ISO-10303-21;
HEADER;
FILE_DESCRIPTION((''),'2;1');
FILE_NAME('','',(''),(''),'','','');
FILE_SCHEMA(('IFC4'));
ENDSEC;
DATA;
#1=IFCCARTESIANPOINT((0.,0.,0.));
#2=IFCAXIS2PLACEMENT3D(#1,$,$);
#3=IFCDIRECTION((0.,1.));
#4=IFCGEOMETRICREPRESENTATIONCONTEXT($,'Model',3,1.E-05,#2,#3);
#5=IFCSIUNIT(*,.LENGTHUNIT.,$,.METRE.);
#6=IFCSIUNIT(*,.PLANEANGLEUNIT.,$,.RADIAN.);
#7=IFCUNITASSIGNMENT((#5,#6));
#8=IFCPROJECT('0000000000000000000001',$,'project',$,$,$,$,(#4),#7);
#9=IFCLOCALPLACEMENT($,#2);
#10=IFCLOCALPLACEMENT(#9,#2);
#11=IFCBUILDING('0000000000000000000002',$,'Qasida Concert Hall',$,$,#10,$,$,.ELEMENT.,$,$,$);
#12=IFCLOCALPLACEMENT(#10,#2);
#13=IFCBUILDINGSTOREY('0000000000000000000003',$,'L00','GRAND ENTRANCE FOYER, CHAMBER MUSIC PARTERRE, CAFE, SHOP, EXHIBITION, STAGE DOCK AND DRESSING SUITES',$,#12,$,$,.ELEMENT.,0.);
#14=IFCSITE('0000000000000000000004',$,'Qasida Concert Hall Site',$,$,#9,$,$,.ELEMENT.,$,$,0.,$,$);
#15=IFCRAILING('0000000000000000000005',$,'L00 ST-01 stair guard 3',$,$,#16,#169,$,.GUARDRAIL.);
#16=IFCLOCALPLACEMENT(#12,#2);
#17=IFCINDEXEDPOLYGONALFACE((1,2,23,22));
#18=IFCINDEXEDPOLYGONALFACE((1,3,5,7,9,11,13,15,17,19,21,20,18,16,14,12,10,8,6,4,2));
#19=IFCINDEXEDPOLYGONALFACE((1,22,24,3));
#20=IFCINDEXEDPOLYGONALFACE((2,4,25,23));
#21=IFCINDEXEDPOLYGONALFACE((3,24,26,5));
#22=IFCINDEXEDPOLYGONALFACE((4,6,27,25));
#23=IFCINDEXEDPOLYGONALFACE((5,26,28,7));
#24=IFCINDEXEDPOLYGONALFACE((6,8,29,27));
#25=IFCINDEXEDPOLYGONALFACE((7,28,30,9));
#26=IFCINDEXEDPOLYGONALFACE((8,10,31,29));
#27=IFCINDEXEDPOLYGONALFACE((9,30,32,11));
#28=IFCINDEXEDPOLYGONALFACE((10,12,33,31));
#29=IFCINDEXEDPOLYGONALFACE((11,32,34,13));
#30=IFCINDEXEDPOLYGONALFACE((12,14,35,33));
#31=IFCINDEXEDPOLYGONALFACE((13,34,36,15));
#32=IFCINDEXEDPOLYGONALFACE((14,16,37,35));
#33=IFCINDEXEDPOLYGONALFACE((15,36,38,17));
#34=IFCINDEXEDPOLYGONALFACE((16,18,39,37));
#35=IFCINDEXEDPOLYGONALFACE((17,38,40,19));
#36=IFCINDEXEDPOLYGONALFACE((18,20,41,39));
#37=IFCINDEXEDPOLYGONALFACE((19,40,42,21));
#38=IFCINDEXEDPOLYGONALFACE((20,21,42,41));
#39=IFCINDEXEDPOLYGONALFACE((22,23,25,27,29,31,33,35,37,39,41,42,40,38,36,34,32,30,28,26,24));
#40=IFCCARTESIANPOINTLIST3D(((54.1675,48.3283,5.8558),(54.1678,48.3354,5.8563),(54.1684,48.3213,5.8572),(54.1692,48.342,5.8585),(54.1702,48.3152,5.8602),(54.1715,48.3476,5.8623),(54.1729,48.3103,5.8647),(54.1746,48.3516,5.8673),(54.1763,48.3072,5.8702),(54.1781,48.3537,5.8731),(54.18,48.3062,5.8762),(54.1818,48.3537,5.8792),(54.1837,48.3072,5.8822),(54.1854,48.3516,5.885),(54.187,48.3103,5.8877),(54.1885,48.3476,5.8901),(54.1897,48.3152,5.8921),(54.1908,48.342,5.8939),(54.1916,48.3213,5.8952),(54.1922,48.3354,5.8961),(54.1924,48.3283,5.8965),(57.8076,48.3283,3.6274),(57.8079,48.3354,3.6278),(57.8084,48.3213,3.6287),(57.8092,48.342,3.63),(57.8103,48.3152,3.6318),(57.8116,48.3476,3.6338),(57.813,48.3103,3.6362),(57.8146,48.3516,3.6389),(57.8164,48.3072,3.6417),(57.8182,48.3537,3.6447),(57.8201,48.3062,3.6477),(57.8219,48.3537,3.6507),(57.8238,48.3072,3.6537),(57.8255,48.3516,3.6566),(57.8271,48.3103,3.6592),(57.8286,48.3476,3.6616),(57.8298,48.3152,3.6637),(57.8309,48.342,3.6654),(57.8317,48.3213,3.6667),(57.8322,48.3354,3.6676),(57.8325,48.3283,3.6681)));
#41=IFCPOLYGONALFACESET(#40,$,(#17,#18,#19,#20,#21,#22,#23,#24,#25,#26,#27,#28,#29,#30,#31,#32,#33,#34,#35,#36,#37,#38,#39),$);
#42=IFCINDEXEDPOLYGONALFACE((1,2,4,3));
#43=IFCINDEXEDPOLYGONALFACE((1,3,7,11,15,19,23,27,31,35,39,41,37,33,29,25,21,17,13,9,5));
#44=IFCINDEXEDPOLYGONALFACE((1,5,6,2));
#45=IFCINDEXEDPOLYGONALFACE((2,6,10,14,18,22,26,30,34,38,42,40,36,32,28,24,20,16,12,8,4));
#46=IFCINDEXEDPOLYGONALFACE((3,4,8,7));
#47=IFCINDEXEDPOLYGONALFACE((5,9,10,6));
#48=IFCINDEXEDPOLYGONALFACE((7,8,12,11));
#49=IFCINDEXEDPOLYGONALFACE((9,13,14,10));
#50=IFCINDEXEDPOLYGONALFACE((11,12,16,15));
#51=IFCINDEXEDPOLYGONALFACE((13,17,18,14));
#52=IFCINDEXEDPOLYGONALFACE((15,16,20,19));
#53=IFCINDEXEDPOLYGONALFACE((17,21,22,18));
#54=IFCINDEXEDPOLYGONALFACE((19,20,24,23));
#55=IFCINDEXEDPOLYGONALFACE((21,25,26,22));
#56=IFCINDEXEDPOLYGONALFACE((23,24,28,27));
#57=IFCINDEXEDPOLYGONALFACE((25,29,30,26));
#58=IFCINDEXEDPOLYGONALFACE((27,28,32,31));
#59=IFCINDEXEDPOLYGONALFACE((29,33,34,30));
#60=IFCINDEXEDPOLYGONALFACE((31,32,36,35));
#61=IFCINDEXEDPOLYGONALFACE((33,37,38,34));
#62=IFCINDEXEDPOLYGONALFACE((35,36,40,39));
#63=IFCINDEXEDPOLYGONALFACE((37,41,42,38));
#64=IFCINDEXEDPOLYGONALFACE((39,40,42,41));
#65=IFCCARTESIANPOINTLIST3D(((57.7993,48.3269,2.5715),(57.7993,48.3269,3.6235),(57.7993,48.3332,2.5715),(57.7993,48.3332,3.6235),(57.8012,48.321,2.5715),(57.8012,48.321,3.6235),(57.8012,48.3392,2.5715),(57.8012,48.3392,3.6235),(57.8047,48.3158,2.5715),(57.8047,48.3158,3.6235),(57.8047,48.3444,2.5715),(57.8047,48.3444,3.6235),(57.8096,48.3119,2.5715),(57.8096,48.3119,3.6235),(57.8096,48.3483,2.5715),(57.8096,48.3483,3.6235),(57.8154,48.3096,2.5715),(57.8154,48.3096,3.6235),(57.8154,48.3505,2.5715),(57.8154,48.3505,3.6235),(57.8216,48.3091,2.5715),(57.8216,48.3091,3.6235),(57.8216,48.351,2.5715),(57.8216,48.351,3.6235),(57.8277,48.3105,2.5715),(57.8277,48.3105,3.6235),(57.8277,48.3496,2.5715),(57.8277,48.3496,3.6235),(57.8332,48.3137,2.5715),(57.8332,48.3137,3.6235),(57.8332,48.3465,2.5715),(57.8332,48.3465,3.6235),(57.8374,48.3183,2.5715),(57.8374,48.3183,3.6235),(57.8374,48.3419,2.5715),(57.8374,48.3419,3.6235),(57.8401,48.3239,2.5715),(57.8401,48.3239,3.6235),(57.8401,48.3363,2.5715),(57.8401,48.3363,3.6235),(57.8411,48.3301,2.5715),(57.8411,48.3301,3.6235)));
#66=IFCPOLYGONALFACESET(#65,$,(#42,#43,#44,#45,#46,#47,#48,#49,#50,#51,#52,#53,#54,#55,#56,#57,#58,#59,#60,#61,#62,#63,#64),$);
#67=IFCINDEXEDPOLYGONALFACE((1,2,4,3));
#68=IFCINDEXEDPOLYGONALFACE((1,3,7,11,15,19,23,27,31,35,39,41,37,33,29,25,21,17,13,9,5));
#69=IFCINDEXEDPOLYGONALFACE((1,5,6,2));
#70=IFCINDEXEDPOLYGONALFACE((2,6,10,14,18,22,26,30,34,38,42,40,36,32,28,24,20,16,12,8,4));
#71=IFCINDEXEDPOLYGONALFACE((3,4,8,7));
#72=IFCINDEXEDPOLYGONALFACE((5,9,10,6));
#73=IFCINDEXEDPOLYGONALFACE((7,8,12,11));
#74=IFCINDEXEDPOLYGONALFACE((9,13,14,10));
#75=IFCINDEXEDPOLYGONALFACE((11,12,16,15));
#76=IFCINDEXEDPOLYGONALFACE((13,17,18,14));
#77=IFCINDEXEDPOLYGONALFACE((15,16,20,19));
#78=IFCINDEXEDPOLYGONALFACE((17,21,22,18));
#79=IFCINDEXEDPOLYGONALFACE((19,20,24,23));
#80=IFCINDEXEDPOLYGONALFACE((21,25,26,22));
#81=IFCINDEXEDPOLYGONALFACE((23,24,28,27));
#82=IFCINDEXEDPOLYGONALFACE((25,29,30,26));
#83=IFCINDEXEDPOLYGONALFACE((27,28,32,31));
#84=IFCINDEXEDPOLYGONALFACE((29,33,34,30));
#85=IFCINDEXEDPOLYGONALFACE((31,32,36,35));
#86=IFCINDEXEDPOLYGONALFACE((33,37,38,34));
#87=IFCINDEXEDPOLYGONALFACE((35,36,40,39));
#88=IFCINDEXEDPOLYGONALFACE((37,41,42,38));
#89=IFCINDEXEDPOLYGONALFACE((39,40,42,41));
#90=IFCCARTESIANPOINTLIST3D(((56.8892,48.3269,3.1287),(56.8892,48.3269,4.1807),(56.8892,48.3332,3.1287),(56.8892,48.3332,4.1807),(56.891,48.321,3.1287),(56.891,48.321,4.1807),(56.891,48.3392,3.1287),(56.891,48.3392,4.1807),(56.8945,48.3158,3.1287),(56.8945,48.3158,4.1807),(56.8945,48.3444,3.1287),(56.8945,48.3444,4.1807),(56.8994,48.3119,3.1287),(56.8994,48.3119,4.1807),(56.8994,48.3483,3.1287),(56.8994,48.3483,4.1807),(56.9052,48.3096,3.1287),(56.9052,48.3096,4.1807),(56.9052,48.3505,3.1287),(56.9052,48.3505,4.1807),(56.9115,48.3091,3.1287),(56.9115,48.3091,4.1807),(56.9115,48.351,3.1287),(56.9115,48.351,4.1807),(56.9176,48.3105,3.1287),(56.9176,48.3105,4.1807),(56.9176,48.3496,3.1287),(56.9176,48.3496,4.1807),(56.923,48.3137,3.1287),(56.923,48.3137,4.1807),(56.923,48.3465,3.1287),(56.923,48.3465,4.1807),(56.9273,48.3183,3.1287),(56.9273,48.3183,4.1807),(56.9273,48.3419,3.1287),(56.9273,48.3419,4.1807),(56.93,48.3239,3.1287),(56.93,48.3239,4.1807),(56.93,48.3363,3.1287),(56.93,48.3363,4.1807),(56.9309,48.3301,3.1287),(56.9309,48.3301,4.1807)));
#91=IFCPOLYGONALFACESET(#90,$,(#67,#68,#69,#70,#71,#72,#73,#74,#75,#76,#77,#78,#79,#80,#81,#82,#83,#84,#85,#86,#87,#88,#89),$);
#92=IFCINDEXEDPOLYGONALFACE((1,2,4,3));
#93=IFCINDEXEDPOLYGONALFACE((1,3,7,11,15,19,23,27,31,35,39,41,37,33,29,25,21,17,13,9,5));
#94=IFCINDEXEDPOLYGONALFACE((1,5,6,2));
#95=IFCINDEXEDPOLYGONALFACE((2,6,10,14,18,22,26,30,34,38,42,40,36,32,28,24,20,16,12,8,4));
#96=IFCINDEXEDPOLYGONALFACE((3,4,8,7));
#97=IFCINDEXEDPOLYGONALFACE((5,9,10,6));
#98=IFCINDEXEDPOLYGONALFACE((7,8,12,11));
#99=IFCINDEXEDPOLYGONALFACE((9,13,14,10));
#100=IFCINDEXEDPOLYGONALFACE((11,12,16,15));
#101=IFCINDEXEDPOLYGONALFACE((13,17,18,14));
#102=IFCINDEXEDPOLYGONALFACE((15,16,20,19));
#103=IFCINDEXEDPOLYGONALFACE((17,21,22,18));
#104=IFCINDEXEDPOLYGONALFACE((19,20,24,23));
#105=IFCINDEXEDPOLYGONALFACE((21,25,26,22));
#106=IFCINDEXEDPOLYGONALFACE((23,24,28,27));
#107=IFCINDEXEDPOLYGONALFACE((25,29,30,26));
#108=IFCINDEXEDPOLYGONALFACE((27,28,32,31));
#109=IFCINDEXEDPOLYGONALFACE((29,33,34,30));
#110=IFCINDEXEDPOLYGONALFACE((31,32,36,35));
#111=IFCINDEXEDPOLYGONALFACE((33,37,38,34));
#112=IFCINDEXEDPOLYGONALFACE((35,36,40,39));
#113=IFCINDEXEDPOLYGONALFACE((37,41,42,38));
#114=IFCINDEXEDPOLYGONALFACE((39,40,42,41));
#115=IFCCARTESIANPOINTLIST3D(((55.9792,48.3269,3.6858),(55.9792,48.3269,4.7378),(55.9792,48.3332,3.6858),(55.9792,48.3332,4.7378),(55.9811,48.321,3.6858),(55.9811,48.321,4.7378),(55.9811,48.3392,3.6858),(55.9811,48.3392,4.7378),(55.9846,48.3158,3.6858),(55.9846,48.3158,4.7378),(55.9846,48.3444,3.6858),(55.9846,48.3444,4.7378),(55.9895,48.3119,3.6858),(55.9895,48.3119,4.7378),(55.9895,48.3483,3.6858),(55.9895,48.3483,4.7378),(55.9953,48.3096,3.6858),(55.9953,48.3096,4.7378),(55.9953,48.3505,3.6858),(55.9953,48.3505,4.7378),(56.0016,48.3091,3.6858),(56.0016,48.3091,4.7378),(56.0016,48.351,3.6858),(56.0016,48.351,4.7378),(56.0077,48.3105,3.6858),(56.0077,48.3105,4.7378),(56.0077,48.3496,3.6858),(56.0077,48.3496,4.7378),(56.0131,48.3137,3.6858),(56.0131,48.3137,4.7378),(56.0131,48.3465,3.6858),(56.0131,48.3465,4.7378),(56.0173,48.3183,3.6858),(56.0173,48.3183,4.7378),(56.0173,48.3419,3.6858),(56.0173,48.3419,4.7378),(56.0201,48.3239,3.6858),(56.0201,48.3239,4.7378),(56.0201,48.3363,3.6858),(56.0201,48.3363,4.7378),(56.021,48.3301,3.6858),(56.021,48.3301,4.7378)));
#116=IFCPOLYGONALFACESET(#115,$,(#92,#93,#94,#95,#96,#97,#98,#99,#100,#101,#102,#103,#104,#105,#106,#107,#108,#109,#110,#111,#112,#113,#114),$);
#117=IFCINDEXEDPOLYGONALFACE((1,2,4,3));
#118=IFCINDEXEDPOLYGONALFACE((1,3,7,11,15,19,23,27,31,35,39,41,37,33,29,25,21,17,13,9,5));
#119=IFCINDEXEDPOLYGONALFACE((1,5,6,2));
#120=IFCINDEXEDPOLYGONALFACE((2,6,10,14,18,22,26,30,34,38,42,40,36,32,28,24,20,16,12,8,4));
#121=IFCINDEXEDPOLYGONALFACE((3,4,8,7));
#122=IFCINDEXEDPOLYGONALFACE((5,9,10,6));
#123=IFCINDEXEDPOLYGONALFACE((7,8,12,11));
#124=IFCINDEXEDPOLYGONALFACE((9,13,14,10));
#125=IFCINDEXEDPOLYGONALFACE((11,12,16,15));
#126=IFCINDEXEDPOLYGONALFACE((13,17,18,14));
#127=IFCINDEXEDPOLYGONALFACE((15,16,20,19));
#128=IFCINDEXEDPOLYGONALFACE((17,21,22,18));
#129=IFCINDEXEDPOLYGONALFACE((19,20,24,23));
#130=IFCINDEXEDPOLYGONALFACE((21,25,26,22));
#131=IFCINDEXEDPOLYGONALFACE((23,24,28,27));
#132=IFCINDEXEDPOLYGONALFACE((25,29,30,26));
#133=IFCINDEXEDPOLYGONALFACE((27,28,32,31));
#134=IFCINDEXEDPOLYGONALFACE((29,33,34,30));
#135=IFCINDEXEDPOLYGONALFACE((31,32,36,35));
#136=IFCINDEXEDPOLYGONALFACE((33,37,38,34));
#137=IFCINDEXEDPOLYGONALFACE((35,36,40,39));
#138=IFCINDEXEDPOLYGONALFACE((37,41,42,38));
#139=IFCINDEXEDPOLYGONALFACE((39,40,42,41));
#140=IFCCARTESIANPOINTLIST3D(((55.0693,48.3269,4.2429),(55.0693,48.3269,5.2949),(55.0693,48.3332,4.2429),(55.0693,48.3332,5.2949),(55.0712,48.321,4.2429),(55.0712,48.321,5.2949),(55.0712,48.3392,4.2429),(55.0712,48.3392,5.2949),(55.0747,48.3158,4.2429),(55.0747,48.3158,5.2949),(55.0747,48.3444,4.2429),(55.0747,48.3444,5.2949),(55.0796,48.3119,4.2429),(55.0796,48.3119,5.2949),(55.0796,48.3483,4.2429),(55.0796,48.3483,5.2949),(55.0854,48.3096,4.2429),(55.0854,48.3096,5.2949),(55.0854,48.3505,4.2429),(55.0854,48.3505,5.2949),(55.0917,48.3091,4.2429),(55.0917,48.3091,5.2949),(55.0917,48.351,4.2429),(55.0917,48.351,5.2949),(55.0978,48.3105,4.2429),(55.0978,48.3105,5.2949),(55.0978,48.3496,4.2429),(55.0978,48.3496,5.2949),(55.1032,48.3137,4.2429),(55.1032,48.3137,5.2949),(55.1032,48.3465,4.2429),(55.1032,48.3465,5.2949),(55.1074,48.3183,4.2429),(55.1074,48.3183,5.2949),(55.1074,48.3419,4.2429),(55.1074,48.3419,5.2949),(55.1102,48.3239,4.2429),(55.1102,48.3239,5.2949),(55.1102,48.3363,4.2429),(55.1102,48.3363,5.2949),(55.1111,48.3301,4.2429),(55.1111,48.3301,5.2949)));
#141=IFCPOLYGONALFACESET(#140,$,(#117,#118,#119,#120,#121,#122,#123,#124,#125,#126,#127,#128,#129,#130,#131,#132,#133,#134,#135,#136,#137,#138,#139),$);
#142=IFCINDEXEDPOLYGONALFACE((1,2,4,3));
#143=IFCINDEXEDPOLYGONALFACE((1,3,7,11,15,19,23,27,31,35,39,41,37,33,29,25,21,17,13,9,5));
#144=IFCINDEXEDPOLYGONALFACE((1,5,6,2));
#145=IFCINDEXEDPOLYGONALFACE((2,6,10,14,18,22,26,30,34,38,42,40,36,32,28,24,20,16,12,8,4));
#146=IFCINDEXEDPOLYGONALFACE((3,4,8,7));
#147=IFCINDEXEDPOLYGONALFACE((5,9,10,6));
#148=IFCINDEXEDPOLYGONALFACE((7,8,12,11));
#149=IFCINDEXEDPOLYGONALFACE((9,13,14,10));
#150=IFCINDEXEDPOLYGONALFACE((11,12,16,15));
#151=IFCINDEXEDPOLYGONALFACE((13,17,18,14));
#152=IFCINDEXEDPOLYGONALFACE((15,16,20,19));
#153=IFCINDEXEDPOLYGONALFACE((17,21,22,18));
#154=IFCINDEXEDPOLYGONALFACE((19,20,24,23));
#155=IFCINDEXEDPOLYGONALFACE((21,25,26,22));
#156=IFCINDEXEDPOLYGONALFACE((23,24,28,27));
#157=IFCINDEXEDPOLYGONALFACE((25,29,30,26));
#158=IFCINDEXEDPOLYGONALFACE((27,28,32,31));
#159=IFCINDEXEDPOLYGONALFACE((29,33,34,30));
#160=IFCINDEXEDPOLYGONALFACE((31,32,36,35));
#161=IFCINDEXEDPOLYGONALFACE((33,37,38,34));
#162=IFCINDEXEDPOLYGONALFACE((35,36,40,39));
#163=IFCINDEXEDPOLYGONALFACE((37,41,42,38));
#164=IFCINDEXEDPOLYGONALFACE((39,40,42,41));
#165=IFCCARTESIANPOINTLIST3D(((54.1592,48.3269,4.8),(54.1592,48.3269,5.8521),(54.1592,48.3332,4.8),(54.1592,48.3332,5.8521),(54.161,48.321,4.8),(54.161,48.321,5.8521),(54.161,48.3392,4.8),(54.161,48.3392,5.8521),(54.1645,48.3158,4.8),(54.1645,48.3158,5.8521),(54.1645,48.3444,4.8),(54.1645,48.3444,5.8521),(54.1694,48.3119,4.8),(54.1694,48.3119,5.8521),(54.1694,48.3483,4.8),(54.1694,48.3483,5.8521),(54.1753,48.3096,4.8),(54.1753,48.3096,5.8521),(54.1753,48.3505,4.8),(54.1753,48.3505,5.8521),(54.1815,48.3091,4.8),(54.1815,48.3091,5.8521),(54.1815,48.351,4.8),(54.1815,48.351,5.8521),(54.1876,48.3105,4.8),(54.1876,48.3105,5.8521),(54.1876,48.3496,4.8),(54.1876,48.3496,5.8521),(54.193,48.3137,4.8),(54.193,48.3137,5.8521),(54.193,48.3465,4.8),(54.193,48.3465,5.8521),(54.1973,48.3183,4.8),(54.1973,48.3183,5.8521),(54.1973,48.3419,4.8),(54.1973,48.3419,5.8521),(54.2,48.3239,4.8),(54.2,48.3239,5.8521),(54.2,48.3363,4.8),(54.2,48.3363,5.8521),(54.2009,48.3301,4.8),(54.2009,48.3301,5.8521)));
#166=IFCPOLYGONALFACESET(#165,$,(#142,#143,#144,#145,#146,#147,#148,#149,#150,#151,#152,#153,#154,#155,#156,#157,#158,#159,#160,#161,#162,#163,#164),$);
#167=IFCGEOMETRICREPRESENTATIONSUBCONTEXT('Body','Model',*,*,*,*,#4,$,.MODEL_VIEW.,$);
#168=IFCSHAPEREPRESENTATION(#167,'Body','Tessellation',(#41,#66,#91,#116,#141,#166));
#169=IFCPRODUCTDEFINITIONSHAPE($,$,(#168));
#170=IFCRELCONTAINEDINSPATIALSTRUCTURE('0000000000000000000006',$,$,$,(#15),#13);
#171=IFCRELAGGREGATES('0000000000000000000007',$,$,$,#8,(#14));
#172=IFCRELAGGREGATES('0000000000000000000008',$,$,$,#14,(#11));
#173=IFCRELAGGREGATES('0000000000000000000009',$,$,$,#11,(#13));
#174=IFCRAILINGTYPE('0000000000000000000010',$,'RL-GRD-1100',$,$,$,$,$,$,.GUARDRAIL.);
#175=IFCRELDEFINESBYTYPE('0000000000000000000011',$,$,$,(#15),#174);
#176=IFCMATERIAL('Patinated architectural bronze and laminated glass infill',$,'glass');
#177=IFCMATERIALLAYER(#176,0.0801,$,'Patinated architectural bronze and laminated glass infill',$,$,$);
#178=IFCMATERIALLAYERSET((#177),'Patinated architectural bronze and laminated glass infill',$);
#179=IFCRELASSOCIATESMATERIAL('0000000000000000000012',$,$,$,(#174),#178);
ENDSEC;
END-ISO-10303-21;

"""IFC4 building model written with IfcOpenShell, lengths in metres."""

from ifc_helpers import new_model, si_unit, direction, frame, origin, origin_2d, place, context, subcontext, project, spatial, circle, extrude, material, layer, layer_set, type_object, element, save


model = new_model("IFC4")

# Units and contexts
model_context = context("Model", 3, precision=1e-05, world=origin(), true_north=direction((0.0, 1.0)))
body_context = subcontext(model_context, "Body", "Model", "MODEL_VIEW")
ifc_project = project(units=[si_unit("LENGTHUNIT", "METRE"), si_unit("PLANEANGLEUNIT", "RADIAN")], contexts=[model_context])

# Site, building, storey
site_placement = place(None, origin())
site = spatial("IfcSite", under=ifc_project, at=site_placement, Name="Qasida Concert Hall Site", CompositionType="ELEMENT", RefElevation=0.0)
building_placement = place(site_placement, origin())
building = spatial("IfcBuilding", under=site, at=building_placement, Name="Qasida Concert Hall", CompositionType="ELEMENT")
storey_placement = place(building_placement, origin())
storey = spatial("IfcBuildingStorey", under=building, at=storey_placement, Name="L00", Description="GRAND ENTRANCE FOYER, CHAMBER MUSIC PARTERRE, CAFE, SHOP, EXHIBITION, STAGE DOCK AND DRESSING SUITES", CompositionType="ELEMENT", Elevation=0.0)

# Railing
ifc_material_1 = material(Name="Patinated architectural bronze and laminated glass infill", Category="glass")
ifc_layer_1 = layer(ifc_material_1, 0.0801, Name="Patinated architectural bronze and laminated glass infill")
ifc_layer_set_1 = layer_set([ifc_layer_1], Name="Patinated architectural bronze and laminated glass infill")
railing_type_1 = type_object("IfcRailingType", Name="RL-GRD-1100", PredefinedType="GUARDRAIL", material=ifc_layer_set_1)
railing_1_placement = place(storey_placement, frame((57.8201, 48.3301, 2.5715)))
element("IfcRailing", 1, at=railing_1_placement, inside=storey, type_object=railing_type_1, Name="L00 ST-01 stair guard 3", PredefinedType="GUARDRAIL", context=body_context, shape_type="SweptSolid", body=[
    extrude(circle(Radius=0.0239, at=origin_2d()), frame((0.0, 0.0, 1.0762), z_axis=(-0.852866, 0.0, 0.52213), x_axis=(0.0, -1.0, 0.0)), (0.0, 0.0, 1.0), 4.2681),
    extrude(circle(Radius=0.021, at=origin_2d()), origin(), (0.0, 0.0, 1.0), 1.052),
    extrude(circle(Radius=0.021, at=origin_2d()), frame((-0.9102, 0.0, 0.5571)), (0.0, 0.0, 1.0), 1.052),
    extrude(circle(Radius=0.021, at=origin_2d()), frame((-1.8201, 0.0, 1.1143)), (0.0, 0.0, 1.0), 1.052),
    extrude(circle(Radius=0.021, at=origin_2d()), frame((-2.73, 0.0, 1.6714)), (0.0, 0.0, 1.0), 1.052),
    extrude(circle(Radius=0.021, at=origin_2d()), frame((-3.6401, 0.0, 2.2285)), (0.0, 0.0, 1.0), 1.052),
])

save(model, "model.ifc")
